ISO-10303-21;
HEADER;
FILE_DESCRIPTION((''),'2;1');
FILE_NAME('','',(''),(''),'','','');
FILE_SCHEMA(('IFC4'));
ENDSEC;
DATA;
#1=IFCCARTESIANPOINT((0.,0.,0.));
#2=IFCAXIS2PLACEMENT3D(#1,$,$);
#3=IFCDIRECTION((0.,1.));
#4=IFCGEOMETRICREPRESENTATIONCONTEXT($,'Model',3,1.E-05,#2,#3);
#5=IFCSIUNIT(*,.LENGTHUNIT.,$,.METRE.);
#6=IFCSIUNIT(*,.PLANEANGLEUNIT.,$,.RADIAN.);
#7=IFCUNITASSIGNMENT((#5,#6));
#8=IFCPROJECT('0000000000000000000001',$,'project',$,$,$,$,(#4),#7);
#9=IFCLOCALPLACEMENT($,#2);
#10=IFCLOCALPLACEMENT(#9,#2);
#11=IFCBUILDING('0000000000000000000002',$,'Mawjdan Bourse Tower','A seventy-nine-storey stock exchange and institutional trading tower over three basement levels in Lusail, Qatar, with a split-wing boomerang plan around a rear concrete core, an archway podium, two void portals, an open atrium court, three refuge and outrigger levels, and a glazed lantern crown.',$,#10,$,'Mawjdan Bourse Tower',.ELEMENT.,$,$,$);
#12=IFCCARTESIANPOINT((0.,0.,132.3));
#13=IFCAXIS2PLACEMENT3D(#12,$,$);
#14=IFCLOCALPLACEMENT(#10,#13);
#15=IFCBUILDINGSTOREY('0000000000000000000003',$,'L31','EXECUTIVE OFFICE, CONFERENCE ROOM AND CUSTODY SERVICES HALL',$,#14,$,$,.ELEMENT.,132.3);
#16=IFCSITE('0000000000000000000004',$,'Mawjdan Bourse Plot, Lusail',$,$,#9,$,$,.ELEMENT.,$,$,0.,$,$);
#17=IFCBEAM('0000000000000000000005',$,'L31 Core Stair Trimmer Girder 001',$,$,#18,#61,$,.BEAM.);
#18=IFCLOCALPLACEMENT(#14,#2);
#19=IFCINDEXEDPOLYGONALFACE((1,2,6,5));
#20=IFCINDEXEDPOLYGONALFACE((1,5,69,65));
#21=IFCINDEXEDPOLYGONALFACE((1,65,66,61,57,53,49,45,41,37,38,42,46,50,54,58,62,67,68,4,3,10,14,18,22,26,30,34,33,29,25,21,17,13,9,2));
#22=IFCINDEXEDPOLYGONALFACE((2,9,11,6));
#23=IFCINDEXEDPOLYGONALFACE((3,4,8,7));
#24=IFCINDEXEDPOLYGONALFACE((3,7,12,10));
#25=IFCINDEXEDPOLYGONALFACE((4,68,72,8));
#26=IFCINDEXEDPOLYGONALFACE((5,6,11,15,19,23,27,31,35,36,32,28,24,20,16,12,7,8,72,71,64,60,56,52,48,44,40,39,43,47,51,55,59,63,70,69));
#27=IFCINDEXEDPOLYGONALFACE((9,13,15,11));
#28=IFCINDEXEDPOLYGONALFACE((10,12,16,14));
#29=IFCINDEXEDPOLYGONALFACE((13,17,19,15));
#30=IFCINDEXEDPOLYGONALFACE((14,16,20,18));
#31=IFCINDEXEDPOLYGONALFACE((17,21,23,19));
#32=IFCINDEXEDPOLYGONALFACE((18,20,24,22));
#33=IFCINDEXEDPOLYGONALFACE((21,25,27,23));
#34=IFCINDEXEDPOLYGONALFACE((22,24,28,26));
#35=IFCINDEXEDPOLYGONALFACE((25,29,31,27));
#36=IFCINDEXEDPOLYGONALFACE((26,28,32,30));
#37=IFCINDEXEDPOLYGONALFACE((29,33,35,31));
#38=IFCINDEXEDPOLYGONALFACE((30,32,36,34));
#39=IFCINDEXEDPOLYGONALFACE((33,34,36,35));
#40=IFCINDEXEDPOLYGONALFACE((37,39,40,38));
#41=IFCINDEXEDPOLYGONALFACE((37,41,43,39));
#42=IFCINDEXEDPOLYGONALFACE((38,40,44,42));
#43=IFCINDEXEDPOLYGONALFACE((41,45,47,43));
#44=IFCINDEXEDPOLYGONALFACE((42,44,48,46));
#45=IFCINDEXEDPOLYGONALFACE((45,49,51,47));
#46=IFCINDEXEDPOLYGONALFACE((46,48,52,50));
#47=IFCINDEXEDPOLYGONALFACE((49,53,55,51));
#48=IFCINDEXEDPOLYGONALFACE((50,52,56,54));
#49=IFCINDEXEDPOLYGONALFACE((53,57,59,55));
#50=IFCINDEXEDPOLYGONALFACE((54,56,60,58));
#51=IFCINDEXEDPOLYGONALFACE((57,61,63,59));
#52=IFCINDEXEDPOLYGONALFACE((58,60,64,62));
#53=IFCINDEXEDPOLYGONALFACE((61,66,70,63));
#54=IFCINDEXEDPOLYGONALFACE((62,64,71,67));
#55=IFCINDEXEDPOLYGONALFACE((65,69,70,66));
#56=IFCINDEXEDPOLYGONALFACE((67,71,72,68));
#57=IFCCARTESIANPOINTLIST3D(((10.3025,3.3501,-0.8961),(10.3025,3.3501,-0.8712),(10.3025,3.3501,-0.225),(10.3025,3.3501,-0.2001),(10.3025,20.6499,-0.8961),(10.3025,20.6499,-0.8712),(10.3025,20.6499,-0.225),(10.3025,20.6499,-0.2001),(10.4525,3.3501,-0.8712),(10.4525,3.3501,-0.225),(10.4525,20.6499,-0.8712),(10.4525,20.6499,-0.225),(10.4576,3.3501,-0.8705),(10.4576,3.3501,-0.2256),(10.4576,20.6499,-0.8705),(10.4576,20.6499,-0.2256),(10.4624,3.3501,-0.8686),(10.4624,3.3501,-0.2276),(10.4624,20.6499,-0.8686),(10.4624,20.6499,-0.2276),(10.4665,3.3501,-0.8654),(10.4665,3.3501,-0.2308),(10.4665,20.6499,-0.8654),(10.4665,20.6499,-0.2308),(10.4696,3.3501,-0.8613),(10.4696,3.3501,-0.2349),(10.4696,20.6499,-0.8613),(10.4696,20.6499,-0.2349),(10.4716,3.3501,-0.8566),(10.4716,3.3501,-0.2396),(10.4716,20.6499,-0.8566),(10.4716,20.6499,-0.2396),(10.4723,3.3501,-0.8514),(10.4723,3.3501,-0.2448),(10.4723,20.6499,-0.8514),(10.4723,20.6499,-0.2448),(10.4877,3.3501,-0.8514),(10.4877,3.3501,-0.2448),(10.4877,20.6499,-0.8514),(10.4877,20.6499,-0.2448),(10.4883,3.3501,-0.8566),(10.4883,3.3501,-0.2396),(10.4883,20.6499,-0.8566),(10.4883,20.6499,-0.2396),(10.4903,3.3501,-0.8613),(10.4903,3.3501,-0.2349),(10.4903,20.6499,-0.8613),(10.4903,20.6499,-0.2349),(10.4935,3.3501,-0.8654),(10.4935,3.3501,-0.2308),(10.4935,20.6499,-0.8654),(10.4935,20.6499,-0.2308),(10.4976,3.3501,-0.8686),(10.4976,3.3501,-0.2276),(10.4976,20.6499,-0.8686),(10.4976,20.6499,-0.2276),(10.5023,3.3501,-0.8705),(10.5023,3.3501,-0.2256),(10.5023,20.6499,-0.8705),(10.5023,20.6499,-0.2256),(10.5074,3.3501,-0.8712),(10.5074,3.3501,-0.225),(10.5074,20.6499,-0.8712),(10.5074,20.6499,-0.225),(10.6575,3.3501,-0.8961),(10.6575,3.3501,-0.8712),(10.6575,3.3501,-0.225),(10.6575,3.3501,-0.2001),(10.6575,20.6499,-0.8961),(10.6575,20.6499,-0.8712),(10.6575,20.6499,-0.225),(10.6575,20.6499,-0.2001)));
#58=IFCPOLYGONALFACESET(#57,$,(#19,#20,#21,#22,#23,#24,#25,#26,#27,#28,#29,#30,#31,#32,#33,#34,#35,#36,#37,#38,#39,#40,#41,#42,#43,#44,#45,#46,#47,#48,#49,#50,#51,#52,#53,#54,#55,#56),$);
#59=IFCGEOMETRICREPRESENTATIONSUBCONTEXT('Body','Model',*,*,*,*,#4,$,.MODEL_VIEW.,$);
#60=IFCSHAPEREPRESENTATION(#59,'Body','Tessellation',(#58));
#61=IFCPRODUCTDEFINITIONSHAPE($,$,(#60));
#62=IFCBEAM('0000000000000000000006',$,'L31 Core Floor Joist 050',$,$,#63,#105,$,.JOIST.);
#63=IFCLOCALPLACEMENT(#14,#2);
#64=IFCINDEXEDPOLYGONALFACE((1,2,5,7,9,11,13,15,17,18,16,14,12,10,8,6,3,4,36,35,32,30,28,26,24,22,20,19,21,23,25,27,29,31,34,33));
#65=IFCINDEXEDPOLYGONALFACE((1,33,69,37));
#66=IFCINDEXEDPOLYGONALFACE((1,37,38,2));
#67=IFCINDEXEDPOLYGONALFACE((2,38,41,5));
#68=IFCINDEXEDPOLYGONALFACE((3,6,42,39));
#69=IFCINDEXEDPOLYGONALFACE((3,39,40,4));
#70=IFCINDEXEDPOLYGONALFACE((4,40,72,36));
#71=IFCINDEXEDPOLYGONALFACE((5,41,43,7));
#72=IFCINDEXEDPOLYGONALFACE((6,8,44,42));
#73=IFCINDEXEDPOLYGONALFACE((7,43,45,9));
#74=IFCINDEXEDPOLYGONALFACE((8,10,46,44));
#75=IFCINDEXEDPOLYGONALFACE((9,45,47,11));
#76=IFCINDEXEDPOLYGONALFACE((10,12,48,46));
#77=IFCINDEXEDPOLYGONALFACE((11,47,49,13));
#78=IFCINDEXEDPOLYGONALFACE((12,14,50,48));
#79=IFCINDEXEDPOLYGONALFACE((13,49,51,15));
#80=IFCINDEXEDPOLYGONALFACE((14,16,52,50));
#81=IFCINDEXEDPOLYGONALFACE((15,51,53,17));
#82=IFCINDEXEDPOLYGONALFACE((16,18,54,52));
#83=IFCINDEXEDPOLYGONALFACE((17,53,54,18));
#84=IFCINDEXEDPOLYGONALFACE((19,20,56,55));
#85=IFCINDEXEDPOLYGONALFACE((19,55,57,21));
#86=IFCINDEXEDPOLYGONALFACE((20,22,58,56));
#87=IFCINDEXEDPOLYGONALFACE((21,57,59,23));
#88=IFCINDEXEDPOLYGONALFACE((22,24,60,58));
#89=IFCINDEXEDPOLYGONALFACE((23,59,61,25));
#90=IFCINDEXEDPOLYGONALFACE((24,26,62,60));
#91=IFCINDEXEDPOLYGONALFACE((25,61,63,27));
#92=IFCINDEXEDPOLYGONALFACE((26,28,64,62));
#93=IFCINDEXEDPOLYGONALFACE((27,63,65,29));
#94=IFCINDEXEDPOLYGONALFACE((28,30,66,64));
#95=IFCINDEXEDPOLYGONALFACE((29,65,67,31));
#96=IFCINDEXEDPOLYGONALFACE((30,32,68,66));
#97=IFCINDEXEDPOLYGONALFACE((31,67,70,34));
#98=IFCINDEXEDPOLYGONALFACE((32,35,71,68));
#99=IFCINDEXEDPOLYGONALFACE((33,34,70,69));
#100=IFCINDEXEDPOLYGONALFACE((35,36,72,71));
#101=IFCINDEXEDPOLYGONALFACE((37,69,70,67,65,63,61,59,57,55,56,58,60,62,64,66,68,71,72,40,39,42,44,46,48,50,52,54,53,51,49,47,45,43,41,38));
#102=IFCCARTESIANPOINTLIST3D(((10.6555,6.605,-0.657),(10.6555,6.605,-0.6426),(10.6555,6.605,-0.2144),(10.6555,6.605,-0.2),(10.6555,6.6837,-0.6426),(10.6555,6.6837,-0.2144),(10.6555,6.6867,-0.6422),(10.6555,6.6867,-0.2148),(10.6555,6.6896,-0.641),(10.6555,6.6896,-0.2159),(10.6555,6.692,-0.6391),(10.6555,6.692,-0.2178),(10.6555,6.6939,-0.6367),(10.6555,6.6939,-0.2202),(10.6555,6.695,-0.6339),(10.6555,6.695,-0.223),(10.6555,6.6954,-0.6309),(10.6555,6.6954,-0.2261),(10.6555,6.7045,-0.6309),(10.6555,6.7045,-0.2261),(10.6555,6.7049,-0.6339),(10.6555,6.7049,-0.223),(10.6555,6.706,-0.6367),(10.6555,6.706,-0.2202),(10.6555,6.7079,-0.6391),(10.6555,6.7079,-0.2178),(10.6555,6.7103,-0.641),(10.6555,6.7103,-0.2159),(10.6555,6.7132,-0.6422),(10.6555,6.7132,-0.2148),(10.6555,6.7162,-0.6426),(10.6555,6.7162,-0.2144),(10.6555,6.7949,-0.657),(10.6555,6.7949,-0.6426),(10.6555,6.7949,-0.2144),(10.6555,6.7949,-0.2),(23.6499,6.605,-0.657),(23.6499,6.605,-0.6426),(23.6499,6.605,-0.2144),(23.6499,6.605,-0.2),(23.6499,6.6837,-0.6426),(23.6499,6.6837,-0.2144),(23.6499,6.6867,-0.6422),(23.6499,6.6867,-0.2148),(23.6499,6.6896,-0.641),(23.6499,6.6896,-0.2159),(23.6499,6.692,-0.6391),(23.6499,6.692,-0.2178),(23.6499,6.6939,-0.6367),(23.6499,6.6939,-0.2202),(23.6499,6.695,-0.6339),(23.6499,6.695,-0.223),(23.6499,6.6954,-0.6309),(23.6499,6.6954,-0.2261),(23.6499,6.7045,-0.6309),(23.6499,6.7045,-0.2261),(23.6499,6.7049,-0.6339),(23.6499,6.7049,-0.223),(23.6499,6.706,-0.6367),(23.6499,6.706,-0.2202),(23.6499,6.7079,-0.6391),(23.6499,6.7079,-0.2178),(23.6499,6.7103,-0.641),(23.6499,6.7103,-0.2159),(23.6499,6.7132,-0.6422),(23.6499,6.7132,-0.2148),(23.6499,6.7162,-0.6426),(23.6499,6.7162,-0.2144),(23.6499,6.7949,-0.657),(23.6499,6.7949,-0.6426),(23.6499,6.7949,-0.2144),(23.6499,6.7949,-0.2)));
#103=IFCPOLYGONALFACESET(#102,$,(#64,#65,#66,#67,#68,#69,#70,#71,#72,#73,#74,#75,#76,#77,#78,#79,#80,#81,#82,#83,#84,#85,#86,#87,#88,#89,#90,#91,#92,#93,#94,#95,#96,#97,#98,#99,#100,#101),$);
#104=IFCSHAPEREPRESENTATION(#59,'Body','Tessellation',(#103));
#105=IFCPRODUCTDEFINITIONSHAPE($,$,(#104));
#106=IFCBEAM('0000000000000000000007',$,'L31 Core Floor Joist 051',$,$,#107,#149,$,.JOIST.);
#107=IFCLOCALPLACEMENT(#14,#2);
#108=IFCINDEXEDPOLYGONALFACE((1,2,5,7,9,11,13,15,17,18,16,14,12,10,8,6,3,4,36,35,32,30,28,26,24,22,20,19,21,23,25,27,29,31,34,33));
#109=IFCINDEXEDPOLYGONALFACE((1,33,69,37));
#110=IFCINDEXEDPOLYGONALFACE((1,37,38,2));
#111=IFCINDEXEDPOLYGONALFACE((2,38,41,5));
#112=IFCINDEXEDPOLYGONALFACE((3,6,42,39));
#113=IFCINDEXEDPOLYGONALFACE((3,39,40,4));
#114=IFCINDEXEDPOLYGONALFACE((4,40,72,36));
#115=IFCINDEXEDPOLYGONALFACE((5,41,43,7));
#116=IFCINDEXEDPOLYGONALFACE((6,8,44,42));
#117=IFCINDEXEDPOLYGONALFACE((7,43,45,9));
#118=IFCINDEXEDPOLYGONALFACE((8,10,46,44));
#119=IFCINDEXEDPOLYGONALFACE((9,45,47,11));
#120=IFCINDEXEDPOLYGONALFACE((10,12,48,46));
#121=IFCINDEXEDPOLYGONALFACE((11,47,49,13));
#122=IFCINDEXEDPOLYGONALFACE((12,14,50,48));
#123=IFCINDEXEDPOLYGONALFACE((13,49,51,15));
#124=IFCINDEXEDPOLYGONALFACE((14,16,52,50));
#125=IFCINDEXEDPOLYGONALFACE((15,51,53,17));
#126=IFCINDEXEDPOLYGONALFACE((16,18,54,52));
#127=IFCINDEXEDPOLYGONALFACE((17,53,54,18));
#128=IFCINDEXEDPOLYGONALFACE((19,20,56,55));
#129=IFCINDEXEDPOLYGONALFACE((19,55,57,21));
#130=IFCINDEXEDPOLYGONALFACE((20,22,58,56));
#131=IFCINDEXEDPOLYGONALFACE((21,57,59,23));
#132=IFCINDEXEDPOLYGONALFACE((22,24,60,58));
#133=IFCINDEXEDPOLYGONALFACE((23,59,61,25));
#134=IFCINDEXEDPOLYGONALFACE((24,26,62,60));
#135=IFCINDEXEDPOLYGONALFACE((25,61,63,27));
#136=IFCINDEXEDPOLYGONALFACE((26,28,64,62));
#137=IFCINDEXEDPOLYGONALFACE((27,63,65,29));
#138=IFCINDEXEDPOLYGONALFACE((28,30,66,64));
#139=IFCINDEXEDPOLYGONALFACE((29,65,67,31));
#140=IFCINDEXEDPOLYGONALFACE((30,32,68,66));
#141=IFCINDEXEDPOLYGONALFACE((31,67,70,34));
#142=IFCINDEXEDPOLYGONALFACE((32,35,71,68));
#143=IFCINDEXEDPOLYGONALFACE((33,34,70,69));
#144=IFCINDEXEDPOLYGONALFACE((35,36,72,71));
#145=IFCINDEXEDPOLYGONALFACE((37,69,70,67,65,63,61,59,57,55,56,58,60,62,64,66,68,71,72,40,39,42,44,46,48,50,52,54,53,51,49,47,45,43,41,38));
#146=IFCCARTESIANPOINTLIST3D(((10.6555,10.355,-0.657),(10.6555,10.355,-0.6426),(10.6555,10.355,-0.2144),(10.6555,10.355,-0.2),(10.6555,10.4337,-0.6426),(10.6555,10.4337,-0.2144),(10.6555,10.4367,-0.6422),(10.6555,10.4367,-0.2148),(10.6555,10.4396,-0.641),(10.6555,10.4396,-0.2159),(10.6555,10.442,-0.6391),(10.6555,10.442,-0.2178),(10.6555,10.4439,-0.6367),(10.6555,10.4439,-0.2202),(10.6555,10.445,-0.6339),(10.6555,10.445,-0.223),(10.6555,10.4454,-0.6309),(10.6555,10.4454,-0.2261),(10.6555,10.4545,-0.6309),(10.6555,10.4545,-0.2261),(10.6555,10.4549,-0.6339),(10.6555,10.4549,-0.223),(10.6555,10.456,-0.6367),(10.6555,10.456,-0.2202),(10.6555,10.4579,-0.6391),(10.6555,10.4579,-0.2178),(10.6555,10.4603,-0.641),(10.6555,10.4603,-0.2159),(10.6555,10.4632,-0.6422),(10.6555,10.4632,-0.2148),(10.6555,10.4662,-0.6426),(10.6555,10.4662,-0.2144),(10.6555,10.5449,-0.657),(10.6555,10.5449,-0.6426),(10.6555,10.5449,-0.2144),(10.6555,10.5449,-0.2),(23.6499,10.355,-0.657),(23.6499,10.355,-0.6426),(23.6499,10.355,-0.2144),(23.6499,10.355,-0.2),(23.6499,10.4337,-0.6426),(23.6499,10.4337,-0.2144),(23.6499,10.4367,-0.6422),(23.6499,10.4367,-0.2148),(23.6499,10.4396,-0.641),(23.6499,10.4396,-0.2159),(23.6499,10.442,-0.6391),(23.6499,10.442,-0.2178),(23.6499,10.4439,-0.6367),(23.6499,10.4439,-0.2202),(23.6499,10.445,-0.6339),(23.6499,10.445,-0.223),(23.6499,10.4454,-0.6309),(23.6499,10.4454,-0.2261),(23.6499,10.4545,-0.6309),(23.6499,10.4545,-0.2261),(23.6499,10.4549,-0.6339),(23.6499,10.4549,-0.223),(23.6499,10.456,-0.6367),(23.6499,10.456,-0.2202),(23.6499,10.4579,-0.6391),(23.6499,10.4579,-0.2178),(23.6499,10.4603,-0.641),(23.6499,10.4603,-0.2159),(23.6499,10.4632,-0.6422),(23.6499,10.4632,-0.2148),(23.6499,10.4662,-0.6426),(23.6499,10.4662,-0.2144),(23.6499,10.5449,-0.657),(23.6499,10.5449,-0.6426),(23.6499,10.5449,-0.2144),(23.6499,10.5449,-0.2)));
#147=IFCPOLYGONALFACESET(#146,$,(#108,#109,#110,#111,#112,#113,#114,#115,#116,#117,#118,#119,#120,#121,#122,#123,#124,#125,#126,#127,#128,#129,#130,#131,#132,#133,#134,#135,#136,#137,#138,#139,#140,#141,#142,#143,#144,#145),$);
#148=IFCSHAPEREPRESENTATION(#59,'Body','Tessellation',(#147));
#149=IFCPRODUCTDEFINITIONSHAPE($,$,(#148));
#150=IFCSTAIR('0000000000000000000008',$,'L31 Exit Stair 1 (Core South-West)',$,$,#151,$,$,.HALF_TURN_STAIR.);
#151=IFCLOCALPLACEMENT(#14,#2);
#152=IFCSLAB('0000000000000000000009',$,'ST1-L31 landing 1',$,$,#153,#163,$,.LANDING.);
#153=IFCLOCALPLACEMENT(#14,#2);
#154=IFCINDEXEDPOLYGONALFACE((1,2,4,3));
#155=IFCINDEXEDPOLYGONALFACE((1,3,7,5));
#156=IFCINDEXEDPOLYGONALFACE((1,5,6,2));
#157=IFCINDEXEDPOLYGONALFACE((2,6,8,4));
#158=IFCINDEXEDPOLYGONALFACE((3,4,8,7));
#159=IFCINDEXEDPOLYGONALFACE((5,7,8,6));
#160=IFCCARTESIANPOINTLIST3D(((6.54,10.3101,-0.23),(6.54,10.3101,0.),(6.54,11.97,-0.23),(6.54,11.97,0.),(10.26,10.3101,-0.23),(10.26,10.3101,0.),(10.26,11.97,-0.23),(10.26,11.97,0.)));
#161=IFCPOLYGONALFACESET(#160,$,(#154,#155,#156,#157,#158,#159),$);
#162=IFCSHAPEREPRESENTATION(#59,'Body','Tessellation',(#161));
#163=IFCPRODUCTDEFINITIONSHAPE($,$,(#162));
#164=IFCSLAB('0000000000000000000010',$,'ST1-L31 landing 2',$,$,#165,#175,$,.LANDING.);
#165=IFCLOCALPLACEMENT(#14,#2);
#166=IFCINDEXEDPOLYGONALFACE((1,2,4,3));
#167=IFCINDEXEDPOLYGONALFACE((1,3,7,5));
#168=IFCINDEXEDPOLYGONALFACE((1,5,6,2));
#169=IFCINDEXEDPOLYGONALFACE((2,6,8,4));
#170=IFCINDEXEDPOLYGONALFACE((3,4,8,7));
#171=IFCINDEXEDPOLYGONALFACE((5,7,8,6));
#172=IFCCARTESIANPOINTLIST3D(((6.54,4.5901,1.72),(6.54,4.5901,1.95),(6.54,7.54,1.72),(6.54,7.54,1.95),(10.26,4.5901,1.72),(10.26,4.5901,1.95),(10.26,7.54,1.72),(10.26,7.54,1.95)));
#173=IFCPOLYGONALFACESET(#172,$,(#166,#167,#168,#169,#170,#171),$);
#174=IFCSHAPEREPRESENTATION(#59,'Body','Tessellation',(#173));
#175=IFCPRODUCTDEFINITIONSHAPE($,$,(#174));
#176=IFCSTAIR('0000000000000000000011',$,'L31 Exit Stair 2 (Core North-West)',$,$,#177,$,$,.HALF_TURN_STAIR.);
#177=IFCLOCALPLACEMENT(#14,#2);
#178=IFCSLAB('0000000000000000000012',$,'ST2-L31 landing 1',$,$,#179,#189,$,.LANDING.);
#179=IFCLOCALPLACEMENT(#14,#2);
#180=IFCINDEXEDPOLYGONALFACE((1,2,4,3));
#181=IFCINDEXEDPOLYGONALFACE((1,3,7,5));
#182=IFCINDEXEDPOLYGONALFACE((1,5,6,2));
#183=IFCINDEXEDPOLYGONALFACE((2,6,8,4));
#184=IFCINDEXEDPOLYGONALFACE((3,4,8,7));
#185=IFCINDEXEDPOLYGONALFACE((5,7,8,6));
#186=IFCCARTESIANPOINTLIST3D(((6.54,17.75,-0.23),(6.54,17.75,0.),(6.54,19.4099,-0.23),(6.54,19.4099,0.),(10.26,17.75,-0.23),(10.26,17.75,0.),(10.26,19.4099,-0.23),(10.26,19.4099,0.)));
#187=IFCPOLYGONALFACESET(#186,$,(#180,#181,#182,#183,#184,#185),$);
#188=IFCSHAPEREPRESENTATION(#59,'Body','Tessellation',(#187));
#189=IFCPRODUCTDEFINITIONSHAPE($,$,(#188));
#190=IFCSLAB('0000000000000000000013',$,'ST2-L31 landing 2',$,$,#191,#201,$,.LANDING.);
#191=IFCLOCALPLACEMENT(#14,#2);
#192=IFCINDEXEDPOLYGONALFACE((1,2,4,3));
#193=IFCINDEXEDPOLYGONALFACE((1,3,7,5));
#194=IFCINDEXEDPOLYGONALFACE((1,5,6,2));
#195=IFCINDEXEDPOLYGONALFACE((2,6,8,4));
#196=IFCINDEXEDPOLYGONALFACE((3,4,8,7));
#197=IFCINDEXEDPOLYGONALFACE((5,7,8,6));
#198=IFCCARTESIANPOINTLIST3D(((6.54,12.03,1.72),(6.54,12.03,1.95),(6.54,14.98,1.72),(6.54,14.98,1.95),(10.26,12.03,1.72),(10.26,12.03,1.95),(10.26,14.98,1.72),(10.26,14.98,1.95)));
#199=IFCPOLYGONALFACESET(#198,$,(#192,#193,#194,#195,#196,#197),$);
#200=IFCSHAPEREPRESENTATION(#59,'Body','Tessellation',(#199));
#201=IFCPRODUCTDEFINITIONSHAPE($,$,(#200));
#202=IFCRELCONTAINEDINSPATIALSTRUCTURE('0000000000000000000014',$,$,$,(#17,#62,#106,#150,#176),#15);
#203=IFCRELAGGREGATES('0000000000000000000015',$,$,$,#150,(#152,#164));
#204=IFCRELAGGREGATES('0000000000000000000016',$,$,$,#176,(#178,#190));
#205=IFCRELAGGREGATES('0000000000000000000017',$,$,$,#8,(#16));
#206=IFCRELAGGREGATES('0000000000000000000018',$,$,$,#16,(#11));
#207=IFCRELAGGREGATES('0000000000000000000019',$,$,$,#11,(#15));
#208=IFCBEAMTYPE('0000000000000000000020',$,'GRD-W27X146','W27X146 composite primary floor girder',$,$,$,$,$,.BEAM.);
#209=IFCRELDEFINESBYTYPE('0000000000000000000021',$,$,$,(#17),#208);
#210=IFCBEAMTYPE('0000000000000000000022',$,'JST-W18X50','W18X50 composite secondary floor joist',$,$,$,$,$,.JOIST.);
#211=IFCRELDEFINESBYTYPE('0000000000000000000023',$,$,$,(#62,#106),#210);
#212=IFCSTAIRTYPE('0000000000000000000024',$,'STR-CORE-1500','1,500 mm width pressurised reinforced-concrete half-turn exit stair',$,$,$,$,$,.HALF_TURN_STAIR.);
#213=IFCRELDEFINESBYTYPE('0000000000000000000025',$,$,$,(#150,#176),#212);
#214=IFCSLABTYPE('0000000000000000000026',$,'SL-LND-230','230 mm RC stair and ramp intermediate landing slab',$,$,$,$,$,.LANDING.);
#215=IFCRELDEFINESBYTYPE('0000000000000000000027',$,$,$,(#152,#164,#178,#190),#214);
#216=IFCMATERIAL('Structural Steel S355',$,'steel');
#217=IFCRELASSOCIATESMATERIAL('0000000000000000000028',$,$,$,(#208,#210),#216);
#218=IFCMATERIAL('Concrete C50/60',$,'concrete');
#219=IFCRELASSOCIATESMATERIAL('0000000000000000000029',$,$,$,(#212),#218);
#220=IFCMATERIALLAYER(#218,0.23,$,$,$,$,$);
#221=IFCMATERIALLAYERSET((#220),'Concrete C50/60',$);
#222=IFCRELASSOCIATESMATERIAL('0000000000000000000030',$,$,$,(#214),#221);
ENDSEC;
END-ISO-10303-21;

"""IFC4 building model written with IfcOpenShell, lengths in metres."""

from ifc_helpers import new_model, si_unit, direction, frame, origin, origin_2d, place, context, subcontext, project, spatial, polyline, i_section, outline, extrude, material, layer, layer_set, material_profile, profile_set, type_object, element, aggregate, save


model = new_model("IFC4")

# Units and contexts
model_context = context("Model", 3, precision=1e-05, world=origin(), true_north=direction((0.0, 1.0)))
body_context = subcontext(model_context, "Body", "Model", "MODEL_VIEW")
ifc_project = project(units=[si_unit("LENGTHUNIT", "METRE"), si_unit("PLANEANGLEUNIT", "RADIAN")], contexts=[model_context])

# Site, building, storey
site_placement = place(None, origin())
site = spatial("IfcSite", under=ifc_project, at=site_placement, Name="Mawjdan Bourse Plot, Lusail", CompositionType="ELEMENT", RefElevation=0.0)
building_placement = place(site_placement, origin())
building = spatial("IfcBuilding", under=site, at=building_placement, Name="Mawjdan Bourse Tower", Description="A seventy-nine-storey stock exchange and institutional trading tower over three basement levels in Lusail, Qatar, with a split-wing boomerang plan around a rear concrete core, an archway podium, two void portals, an open atrium court, three refuge and outrigger levels, and a glazed lantern crown.", LongName="Mawjdan Bourse Tower", CompositionType="ELEMENT")
storey_placement = place(building_placement, frame((0.0, 0.0, 132.3)))
storey = spatial("IfcBuildingStorey", under=building, at=storey_placement, Name="L31", Description="EXECUTIVE OFFICE, CONFERENCE ROOM AND CUSTODY SERVICES HALL", CompositionType="ELEMENT", Elevation=132.3)

# Beams
ifc_material_1 = material(Name="Structural Steel S355", Category="steel")
ifc_material_profile_1 = material_profile(ifc_material_1, i_section(OverallWidth=0.355, OverallDepth=0.696, WebThickness=0.0154, FlangeThickness=0.0249, FilletRadius=0.0198, at=origin_2d()), Name="W27X146")
ifc_profile_set_1 = profile_set([ifc_material_profile_1], Name="Structural Steel S355")
beam_type_1 = type_object("IfcBeamType", Name="GRD-W27X146", Description="W27X146 composite primary floor girder", PredefinedType="BEAM", material=ifc_profile_set_1)
beam_placement = place(storey_placement, frame((10.48, 3.3501, -0.5481), z_axis=(0.0, 1.0, 0.0), x_axis=(-1.0, 0.0, 0.0)))
element("IfcBeam", 1, at=beam_placement, inside=storey, type_object=beam_type_1, Name="L31 Core Stair Trimmer Girder 001", PredefinedType="BEAM", context=body_context, shape_type="SweptSolid", body=[
    extrude(i_section(OverallWidth=0.355, OverallDepth=0.696, WebThickness=0.0154, FlangeThickness=0.0249, FilletRadius=0.0198, at=origin_2d()), origin(), (0.0, 0.0, 1.0), 17.2998),
])
ifc_material_profile_2 = material_profile(ifc_material_1, i_section(OverallWidth=0.1899, OverallDepth=0.457, WebThickness=0.009, FlangeThickness=0.0144, FilletRadius=0.0117, at=origin_2d()), Name="W18X50")
ifc_profile_set_2 = profile_set([ifc_material_profile_2], Name="Structural Steel S355")
beam_type_2 = type_object("IfcBeamType", Name="JST-W18X50", Description="W18X50 composite secondary floor joist", PredefinedType="JOIST", material=ifc_profile_set_2)
for number, where, z_axis, x_axis, name in (
    (2, (10.6555, 6.7, -0.4285), (1.0, 0.0, 0.0), (0.0, 1.0, 0.0), "L31 Core Floor Joist 050"),
    (3, (10.6555, 10.45, -0.4285), (1.0, 0.0, 0.0), (0.0, 1.0, 0.0), "L31 Core Floor Joist 051"),
):
    element("IfcBeam", number, at=place(storey_placement, frame(where, z_axis=z_axis, x_axis=x_axis)), inside=storey, type_object=beam_type_2, Name=name, PredefinedType="JOIST", context=body_context, shape_type="SweptSolid", body=[
        extrude(i_section(OverallWidth=0.1899, OverallDepth=0.457, WebThickness=0.009, FlangeThickness=0.0144, FilletRadius=0.0117, at=origin_2d()), origin(), (0.0, 0.0, 1.0), 12.9944),
    ])

# Stairs, slabs
ifc_material_2 = material(Name="Concrete C50/60", Category="concrete")
stair_type = type_object("IfcStairType", Name="STR-CORE-1500", Description="1,500 mm width pressurised reinforced-concrete half-turn exit stair", PredefinedType="HALF_TURN_STAIR", material=ifc_material_2)
stair_1_placement = place(storey_placement, origin())
stair_1 = element("IfcStair", 4, at=stair_1_placement, inside=storey, type_object=stair_type, Name="L31 Exit Stair 1 (Core South-West)", PredefinedType="HALF_TURN_STAIR")
ifc_layer_1 = layer(ifc_material_2, 0.23)
ifc_layer_set_1 = layer_set([ifc_layer_1], Name="Concrete C50/60")
slab_type_1 = type_object("IfcSlabType", Name="SL-LND-230", Description="230 mm RC stair and ramp intermediate landing slab", PredefinedType="LANDING", material=ifc_layer_set_1)
slab_1_placement = place(storey_placement, frame((0.0, 0.0, -0.23)))
slab_1 = element("IfcSlab", 5, at=slab_1_placement, type_object=slab_type_1, Name="ST1-L31 landing 1", PredefinedType="LANDING", context=body_context, shape_type="SweptSolid", body=[
    extrude(outline(polyline([(6.54, 10.3101), (10.26, 10.3101), (10.26, 11.97), (6.54, 11.97), (6.54, 10.3101)])), origin(), (0.0, 0.0, 1.0), 0.23),
])
slab_2_placement = place(storey_placement, frame((0.0, 0.0, 1.72)))
slab_2 = element("IfcSlab", 6, at=slab_2_placement, type_object=slab_type_1, Name="ST1-L31 landing 2", PredefinedType="LANDING", context=body_context, shape_type="SweptSolid", body=[
    extrude(outline(polyline([(6.54, 4.5901), (10.26, 4.5901), (10.26, 7.54), (6.54, 7.54), (6.54, 4.5901)])), origin(), (0.0, 0.0, 1.0), 0.23),
])
stair_2_placement = place(storey_placement, origin())
stair_2 = element("IfcStair", 7, at=stair_2_placement, inside=storey, type_object=stair_type, Name="L31 Exit Stair 2 (Core North-West)", PredefinedType="HALF_TURN_STAIR")
slab_3_placement = place(storey_placement, frame((0.0, 0.0, -0.23)))
slab_3 = element("IfcSlab", 8, at=slab_3_placement, type_object=slab_type_1, Name="ST2-L31 landing 1", PredefinedType="LANDING", context=body_context, shape_type="SweptSolid", body=[
    extrude(outline(polyline([(6.54, 17.75), (10.26, 17.75), (10.26, 19.4099), (6.54, 19.4099), (6.54, 17.75)])), origin(), (0.0, 0.0, 1.0), 0.23),
])
slab_4_placement = place(storey_placement, frame((0.0, 0.0, 1.72)))
slab_4 = element("IfcSlab", 9, at=slab_4_placement, type_object=slab_type_1, Name="ST2-L31 landing 2", PredefinedType="LANDING", context=body_context, shape_type="SweptSolid", body=[
    extrude(outline(polyline([(6.54, 12.03), (10.26, 12.03), (10.26, 14.98), (6.54, 14.98), (6.54, 12.03)])), origin(), (0.0, 0.0, 1.0), 0.23),
])

aggregate(stair_1, [slab_1, slab_2])
aggregate(stair_2, [slab_3, slab_4])

save(model, "model.ifc")
